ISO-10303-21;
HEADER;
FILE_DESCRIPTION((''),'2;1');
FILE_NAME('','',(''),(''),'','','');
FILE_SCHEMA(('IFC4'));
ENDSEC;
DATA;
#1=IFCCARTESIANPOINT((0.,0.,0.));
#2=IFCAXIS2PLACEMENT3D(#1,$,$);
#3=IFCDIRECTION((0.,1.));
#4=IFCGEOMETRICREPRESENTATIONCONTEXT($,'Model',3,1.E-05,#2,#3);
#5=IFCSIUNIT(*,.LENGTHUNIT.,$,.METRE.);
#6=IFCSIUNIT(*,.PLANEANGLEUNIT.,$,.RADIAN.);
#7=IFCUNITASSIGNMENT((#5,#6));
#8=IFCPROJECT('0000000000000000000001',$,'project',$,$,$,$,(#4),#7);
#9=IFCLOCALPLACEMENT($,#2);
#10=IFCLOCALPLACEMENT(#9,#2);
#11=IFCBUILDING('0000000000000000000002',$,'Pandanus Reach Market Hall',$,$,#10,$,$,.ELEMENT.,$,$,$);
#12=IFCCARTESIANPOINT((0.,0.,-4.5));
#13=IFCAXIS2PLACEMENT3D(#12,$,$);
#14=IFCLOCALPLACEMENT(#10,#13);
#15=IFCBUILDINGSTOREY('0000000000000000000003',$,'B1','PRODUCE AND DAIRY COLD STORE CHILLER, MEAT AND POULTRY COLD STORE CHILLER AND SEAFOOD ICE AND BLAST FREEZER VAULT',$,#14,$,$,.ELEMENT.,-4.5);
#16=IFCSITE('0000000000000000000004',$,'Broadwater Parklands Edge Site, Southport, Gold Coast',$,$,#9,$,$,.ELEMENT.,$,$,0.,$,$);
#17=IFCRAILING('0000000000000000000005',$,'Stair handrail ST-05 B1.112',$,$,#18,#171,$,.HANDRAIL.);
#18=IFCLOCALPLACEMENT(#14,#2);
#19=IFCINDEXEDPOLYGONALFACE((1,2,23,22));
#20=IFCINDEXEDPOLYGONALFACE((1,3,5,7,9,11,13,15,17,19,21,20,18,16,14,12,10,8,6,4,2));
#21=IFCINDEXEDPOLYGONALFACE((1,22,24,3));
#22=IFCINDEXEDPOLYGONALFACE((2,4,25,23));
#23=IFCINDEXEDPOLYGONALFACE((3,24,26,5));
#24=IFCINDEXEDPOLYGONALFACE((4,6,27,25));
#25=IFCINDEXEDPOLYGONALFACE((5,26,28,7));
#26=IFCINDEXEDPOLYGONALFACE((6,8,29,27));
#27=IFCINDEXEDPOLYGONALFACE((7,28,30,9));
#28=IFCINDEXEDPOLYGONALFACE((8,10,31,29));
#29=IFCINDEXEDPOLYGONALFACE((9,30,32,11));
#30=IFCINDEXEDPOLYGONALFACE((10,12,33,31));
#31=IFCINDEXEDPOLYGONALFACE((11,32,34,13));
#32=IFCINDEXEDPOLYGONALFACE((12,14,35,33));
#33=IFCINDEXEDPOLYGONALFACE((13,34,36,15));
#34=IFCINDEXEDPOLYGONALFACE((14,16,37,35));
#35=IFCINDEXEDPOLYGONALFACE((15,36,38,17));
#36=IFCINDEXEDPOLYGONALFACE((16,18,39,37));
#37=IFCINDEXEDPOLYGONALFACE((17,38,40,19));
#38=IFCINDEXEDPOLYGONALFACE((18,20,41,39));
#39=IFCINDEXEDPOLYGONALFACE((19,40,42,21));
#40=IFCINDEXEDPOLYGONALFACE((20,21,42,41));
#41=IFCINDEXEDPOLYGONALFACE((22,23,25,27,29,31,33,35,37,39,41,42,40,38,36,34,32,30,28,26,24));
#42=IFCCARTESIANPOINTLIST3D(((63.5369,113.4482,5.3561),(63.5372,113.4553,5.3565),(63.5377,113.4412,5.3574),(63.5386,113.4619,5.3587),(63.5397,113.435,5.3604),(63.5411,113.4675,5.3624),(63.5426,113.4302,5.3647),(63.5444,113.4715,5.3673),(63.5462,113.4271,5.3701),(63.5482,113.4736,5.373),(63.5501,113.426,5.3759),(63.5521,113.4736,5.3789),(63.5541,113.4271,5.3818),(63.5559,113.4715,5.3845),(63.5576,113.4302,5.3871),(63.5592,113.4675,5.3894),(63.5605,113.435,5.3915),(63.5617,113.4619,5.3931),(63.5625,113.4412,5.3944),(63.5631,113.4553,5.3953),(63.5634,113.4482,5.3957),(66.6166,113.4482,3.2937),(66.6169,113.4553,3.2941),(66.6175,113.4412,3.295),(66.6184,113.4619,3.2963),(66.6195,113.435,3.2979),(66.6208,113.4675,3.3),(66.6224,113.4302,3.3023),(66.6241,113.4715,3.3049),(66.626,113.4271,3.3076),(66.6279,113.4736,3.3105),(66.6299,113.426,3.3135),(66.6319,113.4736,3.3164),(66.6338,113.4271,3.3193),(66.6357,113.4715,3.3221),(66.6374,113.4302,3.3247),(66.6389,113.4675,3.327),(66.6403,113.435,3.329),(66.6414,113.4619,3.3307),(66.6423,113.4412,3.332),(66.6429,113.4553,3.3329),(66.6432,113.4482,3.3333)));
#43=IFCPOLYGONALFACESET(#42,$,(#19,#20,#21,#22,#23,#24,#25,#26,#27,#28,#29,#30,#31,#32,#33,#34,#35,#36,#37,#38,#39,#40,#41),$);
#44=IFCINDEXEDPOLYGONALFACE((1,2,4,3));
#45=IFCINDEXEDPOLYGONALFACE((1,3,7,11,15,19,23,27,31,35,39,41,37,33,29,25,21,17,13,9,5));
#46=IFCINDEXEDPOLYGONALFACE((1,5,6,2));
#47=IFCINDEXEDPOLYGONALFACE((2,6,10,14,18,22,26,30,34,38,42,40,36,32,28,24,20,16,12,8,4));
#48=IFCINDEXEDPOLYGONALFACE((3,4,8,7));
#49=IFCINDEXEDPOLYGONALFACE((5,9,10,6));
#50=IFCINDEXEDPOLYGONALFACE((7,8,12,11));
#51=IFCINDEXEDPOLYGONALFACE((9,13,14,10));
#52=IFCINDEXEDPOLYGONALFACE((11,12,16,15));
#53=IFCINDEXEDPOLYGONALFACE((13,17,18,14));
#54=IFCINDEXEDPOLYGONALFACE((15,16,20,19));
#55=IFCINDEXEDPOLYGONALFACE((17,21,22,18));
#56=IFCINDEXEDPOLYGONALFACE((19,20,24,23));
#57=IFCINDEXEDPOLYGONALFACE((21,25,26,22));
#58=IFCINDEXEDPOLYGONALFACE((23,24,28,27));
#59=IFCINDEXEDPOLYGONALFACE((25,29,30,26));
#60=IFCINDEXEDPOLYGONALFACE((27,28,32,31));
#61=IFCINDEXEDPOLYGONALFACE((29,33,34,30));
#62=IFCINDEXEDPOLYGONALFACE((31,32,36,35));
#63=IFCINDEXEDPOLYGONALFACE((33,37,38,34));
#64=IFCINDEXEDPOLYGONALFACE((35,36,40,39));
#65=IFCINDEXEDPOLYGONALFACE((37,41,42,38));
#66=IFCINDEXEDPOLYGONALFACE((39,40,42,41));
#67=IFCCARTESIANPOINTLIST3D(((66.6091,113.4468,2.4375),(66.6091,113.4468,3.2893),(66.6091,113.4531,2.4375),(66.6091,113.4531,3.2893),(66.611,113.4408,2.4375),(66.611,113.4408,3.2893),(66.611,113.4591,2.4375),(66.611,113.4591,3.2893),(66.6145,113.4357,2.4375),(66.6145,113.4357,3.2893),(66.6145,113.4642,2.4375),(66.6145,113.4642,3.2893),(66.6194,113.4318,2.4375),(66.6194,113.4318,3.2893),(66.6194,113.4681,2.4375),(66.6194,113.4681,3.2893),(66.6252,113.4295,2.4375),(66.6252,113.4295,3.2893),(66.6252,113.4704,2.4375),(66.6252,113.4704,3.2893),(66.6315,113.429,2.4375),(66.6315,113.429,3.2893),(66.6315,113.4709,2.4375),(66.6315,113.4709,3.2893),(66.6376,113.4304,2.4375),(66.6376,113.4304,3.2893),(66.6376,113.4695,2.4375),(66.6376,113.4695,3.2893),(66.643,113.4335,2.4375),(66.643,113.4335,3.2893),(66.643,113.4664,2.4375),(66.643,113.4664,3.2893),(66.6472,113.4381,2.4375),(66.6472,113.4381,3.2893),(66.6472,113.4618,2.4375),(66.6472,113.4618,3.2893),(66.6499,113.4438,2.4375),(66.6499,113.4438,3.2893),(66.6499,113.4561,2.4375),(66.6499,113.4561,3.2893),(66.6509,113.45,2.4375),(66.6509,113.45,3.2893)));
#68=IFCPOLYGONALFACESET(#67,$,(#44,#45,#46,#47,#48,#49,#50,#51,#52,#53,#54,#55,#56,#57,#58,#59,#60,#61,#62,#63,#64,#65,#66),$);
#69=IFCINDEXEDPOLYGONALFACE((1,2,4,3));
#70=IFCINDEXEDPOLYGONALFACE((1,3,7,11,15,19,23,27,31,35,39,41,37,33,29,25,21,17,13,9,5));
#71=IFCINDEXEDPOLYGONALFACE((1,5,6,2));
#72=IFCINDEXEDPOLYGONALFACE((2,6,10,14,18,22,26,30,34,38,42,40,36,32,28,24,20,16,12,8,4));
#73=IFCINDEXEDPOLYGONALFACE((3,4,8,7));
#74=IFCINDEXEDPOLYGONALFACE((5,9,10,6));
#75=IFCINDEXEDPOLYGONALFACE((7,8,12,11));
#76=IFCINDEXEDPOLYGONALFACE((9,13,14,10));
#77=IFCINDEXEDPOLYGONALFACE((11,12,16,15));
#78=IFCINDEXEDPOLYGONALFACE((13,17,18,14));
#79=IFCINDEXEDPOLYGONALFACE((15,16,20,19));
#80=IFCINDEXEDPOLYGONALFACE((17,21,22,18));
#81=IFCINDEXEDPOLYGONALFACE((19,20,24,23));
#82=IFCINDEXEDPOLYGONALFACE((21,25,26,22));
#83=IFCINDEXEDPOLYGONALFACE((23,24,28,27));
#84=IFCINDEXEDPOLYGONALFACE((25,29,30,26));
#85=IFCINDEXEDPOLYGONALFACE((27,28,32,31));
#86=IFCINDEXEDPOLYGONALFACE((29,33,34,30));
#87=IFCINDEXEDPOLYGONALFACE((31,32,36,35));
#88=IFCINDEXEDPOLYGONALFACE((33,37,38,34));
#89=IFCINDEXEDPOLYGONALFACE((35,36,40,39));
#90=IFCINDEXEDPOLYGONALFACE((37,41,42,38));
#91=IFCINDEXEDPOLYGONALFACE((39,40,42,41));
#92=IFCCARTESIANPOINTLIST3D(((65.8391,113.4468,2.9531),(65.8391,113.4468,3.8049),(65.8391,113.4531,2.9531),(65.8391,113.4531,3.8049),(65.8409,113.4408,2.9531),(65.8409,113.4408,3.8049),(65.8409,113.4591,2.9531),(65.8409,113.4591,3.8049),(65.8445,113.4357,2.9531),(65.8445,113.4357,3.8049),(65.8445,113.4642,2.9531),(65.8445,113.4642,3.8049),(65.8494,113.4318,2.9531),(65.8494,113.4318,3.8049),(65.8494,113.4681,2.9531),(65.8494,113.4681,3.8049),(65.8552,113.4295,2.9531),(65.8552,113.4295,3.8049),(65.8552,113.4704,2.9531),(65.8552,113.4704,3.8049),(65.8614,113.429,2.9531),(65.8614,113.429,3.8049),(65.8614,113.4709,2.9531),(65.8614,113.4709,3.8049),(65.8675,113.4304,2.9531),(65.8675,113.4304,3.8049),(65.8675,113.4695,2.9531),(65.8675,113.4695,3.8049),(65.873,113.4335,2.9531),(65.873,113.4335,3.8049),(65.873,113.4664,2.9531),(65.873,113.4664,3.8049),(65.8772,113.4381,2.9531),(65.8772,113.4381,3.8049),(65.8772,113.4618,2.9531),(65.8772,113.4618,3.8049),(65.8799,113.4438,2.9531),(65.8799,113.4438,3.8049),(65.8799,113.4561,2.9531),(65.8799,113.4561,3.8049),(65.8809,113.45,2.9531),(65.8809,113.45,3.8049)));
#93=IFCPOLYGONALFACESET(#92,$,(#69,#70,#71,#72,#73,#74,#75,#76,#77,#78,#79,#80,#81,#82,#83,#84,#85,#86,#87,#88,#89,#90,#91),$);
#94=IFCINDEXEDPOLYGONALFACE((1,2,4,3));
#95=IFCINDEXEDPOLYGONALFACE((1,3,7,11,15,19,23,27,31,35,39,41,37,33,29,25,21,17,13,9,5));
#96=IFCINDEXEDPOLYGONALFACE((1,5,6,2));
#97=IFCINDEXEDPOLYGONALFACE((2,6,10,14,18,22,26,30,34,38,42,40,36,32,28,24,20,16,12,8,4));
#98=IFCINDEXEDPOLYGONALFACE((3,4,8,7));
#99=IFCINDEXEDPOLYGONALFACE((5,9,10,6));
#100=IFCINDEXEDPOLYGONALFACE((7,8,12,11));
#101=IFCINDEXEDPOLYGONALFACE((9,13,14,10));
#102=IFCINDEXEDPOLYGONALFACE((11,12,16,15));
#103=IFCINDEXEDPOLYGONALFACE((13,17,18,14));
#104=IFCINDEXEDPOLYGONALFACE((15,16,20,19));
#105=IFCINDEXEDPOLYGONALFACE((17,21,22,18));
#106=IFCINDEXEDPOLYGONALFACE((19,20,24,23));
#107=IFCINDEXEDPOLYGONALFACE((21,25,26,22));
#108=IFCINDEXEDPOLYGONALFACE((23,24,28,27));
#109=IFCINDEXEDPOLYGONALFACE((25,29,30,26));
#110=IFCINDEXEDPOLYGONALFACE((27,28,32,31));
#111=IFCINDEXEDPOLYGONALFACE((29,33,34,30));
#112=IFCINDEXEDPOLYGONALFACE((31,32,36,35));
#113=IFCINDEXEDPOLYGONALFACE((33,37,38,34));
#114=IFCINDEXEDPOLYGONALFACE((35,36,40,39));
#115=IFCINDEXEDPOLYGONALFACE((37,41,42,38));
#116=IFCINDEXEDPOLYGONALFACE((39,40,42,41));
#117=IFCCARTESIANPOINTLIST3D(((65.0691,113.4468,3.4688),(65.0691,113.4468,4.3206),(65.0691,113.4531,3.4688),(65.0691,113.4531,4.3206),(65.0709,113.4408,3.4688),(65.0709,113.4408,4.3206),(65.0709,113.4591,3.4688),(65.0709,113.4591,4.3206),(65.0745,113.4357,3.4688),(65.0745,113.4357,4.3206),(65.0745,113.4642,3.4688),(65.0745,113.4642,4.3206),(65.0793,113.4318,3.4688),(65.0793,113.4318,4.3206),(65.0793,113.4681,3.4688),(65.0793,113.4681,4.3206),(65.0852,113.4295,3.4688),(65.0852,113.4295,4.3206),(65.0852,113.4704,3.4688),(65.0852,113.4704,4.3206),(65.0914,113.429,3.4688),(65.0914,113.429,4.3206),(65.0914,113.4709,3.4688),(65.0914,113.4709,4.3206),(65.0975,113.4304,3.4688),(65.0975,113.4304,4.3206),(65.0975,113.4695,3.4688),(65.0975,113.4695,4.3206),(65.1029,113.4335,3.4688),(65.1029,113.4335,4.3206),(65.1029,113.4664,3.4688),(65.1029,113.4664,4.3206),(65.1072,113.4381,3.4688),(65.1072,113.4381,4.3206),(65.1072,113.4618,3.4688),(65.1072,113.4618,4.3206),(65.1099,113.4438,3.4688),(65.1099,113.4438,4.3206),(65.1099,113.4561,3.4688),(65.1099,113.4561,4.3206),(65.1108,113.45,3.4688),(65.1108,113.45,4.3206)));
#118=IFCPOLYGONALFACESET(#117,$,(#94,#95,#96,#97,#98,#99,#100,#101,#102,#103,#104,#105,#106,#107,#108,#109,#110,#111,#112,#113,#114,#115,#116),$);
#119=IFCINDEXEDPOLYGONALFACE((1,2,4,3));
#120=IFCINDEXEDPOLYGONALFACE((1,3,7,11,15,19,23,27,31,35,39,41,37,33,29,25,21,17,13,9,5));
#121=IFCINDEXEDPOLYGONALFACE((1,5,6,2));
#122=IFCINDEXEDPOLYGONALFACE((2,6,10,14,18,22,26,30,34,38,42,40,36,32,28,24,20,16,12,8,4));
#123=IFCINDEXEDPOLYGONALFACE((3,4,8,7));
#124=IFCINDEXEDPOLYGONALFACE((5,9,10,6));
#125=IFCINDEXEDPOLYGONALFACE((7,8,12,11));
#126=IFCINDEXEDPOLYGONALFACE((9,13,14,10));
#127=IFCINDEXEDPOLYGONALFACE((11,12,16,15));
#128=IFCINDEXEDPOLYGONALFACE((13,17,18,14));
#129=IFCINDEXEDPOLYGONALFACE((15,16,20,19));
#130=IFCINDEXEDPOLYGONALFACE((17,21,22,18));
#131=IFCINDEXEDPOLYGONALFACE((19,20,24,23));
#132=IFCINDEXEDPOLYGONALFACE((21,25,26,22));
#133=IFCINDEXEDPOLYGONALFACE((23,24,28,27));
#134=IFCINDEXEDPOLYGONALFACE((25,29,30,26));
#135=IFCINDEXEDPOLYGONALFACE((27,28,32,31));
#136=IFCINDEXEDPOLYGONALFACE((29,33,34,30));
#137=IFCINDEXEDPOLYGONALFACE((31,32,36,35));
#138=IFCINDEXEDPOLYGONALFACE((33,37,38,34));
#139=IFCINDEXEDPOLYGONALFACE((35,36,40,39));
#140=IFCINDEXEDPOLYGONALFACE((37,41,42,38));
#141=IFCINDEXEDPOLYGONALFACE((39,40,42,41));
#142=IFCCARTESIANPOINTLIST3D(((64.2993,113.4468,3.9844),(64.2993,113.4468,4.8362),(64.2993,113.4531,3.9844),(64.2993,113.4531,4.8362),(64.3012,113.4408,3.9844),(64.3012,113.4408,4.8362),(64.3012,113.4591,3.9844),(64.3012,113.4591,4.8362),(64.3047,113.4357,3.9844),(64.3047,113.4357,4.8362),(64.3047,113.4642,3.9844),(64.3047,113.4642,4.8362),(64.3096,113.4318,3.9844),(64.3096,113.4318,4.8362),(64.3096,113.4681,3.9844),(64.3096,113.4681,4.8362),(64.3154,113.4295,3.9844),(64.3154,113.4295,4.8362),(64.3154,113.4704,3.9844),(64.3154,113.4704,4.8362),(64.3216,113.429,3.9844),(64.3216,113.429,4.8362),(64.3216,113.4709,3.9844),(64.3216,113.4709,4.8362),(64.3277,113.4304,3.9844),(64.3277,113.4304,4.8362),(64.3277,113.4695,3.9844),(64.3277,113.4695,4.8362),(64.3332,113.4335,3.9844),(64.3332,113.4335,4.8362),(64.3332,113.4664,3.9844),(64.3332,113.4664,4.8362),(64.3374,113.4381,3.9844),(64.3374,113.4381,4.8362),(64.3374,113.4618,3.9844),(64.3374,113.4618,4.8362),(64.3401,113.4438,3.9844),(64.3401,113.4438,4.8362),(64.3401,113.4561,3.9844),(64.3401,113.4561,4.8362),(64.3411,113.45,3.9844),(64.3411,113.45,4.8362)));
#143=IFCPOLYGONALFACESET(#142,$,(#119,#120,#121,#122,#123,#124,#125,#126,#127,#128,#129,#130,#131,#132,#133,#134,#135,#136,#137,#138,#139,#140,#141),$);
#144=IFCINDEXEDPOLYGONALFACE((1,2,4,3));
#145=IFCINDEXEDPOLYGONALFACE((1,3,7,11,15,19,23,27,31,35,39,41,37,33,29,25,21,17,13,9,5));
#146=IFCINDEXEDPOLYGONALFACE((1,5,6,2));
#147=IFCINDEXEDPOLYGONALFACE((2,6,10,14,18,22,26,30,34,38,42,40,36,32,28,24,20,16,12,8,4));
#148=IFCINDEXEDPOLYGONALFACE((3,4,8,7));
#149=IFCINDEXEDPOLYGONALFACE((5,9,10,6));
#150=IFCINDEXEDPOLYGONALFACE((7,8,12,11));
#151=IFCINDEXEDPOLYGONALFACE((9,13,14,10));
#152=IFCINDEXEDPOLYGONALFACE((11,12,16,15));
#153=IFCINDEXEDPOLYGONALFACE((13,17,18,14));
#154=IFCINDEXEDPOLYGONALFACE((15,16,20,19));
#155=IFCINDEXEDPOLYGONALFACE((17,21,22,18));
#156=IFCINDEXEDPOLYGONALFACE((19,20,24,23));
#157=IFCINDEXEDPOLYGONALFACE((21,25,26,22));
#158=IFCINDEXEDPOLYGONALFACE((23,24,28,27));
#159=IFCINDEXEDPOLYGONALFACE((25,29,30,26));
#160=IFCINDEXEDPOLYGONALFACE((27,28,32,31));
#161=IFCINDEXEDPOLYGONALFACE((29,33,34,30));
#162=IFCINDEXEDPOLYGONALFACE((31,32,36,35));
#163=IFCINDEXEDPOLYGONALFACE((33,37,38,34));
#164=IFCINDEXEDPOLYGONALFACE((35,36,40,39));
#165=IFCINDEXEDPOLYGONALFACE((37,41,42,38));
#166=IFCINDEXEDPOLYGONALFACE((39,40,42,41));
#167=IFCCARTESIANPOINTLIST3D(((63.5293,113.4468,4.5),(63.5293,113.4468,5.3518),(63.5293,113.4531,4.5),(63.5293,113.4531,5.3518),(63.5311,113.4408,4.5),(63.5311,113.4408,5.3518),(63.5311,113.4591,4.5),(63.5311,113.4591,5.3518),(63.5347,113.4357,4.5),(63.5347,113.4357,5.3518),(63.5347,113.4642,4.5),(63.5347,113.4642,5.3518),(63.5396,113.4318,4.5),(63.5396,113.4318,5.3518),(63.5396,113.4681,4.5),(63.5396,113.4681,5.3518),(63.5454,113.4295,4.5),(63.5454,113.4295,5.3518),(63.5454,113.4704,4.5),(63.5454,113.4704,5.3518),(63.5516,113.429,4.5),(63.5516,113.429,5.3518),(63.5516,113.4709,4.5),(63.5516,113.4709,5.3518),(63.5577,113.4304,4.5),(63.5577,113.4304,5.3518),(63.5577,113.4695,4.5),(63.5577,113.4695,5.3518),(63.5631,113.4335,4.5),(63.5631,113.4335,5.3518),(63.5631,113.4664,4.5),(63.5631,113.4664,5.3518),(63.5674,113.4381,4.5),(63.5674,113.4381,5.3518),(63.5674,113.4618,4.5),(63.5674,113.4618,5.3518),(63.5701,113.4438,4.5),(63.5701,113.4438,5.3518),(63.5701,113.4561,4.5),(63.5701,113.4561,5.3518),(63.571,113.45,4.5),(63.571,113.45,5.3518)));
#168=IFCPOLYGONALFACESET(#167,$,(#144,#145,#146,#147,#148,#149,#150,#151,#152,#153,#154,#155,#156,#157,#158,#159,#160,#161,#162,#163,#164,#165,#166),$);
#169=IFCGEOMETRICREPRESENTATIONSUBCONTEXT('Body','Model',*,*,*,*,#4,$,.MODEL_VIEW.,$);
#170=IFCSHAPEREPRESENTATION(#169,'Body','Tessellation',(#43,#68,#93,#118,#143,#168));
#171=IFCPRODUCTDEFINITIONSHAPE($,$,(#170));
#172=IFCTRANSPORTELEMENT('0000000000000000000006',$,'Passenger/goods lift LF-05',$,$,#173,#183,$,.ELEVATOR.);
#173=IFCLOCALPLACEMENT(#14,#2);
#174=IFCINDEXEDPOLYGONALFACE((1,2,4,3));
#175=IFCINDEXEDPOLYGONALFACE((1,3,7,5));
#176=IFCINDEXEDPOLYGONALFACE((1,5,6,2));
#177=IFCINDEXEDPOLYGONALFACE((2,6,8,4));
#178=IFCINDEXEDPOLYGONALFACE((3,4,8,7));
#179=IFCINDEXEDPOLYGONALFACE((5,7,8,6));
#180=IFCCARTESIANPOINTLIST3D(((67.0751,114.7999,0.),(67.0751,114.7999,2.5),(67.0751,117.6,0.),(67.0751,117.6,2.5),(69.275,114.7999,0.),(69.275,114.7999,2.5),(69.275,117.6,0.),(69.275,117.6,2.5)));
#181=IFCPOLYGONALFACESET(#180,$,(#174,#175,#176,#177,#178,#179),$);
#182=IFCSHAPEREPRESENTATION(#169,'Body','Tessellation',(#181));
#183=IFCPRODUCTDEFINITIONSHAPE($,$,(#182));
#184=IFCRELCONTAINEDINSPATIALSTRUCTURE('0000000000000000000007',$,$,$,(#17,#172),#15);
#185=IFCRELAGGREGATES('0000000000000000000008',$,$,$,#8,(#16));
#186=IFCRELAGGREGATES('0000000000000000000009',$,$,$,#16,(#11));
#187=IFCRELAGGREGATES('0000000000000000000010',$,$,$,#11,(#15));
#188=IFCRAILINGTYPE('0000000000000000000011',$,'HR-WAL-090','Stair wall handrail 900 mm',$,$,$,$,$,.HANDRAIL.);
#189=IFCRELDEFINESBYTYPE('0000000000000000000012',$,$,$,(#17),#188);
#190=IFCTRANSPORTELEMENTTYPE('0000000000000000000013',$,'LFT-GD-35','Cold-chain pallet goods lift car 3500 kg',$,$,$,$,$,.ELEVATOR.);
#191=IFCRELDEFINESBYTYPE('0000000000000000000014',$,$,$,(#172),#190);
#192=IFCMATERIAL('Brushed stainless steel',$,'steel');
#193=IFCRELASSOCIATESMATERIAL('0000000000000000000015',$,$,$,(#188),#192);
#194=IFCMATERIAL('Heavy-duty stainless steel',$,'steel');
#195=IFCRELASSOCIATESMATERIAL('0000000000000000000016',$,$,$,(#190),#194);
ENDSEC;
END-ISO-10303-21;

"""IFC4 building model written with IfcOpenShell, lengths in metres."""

from ifc_helpers import new_model, si_unit, direction, frame, origin, origin_2d, place, context, subcontext, project, spatial, rectangle, circle, extrude, material, type_object, element, save


model = new_model("IFC4")

# Units and contexts
model_context = context("Model", 3, precision=1e-05, world=origin(), true_north=direction((0.0, 1.0)))
body_context = subcontext(model_context, "Body", "Model", "MODEL_VIEW")
ifc_project = project(units=[si_unit("LENGTHUNIT", "METRE"), si_unit("PLANEANGLEUNIT", "RADIAN")], contexts=[model_context])

# Site, building, storey
site_placement = place(None, origin())
site = spatial("IfcSite", under=ifc_project, at=site_placement, Name="Broadwater Parklands Edge Site, Southport, Gold Coast", CompositionType="ELEMENT", RefElevation=0.0)
building_placement = place(site_placement, origin())
building = spatial("IfcBuilding", under=site, at=building_placement, Name="Pandanus Reach Market Hall", CompositionType="ELEMENT")
storey_placement = place(building_placement, frame((0.0, 0.0, -4.5)))
storey = spatial("IfcBuildingStorey", under=building, at=storey_placement, Name="B1", Description="PRODUCE AND DAIRY COLD STORE CHILLER, MEAT AND POULTRY COLD STORE CHILLER AND SEAFOOD ICE AND BLAST FREEZER VAULT", CompositionType="ELEMENT", Elevation=-4.5)

# Railing
ifc_material_1 = material(Name="Brushed stainless steel", Category="steel")
railing_type_1 = type_object("IfcRailingType", Name="HR-WAL-090", Description="Stair wall handrail 900 mm", PredefinedType="HANDRAIL", material=ifc_material_1)
railing_1_placement = place(storey_placement, frame((66.6299, 113.45, 2.4375)))
element("IfcRailing", 1, at=railing_1_placement, inside=storey, type_object=railing_type_1, Name="Stair handrail ST-05 B1.112", PredefinedType="HANDRAIL", context=body_context, shape_type="SweptSolid", body=[
    extrude(circle(Radius=0.0239, at=origin_2d()), frame((0.0, 0.0, 0.876), z_axis=(-0.830893, 0.0, 0.556432), x_axis=(0.0, -1.0, 0.0)), (0.0, 0.0, 1.0), 3.7065),
    extrude(circle(Radius=0.021, at=origin_2d()), origin(), (0.0, 0.0, 1.0), 0.8518),
    extrude(circle(Radius=0.021, at=origin_2d()), frame((-0.77, 0.0, 0.5156)), (0.0, 0.0, 1.0), 0.8518),
    extrude(circle(Radius=0.021, at=origin_2d()), frame((-1.54, 0.0, 1.0312)), (0.0, 0.0, 1.0), 0.8518),
    extrude(circle(Radius=0.021, at=origin_2d()), frame((-2.3098, 0.0, 1.5469)), (0.0, 0.0, 1.0), 0.8518),
    extrude(circle(Radius=0.021, at=origin_2d()), frame((-3.0798, 0.0, 2.0625)), (0.0, 0.0, 1.0), 0.8518),
])

# Transport element
ifc_material_2 = material(Name="Heavy-duty stainless steel", Category="steel")
transport_element_type = type_object("IfcTransportElementType", Name="LFT-GD-35", Description="Cold-chain pallet goods lift car 3500 kg", PredefinedType="ELEVATOR", material=ifc_material_2)
transport_element_placement = place(storey_placement, frame((68.175, 116.2, 0.0), z_axis=(0.0, 0.0, 1.0), x_axis=(1.0, 0.0, 0.0)))
element("IfcTransportElement", 2, at=transport_element_placement, inside=storey, type_object=transport_element_type, Name="Passenger/goods lift LF-05", PredefinedType="ELEVATOR", context=body_context, shape_type="SweptSolid", body=[
    extrude(rectangle(XDim=2.2, YDim=2.8, at=origin_2d()), origin(), (0.0, 0.0, 1.0), 2.5),
])

save(model, "model.ifc")
